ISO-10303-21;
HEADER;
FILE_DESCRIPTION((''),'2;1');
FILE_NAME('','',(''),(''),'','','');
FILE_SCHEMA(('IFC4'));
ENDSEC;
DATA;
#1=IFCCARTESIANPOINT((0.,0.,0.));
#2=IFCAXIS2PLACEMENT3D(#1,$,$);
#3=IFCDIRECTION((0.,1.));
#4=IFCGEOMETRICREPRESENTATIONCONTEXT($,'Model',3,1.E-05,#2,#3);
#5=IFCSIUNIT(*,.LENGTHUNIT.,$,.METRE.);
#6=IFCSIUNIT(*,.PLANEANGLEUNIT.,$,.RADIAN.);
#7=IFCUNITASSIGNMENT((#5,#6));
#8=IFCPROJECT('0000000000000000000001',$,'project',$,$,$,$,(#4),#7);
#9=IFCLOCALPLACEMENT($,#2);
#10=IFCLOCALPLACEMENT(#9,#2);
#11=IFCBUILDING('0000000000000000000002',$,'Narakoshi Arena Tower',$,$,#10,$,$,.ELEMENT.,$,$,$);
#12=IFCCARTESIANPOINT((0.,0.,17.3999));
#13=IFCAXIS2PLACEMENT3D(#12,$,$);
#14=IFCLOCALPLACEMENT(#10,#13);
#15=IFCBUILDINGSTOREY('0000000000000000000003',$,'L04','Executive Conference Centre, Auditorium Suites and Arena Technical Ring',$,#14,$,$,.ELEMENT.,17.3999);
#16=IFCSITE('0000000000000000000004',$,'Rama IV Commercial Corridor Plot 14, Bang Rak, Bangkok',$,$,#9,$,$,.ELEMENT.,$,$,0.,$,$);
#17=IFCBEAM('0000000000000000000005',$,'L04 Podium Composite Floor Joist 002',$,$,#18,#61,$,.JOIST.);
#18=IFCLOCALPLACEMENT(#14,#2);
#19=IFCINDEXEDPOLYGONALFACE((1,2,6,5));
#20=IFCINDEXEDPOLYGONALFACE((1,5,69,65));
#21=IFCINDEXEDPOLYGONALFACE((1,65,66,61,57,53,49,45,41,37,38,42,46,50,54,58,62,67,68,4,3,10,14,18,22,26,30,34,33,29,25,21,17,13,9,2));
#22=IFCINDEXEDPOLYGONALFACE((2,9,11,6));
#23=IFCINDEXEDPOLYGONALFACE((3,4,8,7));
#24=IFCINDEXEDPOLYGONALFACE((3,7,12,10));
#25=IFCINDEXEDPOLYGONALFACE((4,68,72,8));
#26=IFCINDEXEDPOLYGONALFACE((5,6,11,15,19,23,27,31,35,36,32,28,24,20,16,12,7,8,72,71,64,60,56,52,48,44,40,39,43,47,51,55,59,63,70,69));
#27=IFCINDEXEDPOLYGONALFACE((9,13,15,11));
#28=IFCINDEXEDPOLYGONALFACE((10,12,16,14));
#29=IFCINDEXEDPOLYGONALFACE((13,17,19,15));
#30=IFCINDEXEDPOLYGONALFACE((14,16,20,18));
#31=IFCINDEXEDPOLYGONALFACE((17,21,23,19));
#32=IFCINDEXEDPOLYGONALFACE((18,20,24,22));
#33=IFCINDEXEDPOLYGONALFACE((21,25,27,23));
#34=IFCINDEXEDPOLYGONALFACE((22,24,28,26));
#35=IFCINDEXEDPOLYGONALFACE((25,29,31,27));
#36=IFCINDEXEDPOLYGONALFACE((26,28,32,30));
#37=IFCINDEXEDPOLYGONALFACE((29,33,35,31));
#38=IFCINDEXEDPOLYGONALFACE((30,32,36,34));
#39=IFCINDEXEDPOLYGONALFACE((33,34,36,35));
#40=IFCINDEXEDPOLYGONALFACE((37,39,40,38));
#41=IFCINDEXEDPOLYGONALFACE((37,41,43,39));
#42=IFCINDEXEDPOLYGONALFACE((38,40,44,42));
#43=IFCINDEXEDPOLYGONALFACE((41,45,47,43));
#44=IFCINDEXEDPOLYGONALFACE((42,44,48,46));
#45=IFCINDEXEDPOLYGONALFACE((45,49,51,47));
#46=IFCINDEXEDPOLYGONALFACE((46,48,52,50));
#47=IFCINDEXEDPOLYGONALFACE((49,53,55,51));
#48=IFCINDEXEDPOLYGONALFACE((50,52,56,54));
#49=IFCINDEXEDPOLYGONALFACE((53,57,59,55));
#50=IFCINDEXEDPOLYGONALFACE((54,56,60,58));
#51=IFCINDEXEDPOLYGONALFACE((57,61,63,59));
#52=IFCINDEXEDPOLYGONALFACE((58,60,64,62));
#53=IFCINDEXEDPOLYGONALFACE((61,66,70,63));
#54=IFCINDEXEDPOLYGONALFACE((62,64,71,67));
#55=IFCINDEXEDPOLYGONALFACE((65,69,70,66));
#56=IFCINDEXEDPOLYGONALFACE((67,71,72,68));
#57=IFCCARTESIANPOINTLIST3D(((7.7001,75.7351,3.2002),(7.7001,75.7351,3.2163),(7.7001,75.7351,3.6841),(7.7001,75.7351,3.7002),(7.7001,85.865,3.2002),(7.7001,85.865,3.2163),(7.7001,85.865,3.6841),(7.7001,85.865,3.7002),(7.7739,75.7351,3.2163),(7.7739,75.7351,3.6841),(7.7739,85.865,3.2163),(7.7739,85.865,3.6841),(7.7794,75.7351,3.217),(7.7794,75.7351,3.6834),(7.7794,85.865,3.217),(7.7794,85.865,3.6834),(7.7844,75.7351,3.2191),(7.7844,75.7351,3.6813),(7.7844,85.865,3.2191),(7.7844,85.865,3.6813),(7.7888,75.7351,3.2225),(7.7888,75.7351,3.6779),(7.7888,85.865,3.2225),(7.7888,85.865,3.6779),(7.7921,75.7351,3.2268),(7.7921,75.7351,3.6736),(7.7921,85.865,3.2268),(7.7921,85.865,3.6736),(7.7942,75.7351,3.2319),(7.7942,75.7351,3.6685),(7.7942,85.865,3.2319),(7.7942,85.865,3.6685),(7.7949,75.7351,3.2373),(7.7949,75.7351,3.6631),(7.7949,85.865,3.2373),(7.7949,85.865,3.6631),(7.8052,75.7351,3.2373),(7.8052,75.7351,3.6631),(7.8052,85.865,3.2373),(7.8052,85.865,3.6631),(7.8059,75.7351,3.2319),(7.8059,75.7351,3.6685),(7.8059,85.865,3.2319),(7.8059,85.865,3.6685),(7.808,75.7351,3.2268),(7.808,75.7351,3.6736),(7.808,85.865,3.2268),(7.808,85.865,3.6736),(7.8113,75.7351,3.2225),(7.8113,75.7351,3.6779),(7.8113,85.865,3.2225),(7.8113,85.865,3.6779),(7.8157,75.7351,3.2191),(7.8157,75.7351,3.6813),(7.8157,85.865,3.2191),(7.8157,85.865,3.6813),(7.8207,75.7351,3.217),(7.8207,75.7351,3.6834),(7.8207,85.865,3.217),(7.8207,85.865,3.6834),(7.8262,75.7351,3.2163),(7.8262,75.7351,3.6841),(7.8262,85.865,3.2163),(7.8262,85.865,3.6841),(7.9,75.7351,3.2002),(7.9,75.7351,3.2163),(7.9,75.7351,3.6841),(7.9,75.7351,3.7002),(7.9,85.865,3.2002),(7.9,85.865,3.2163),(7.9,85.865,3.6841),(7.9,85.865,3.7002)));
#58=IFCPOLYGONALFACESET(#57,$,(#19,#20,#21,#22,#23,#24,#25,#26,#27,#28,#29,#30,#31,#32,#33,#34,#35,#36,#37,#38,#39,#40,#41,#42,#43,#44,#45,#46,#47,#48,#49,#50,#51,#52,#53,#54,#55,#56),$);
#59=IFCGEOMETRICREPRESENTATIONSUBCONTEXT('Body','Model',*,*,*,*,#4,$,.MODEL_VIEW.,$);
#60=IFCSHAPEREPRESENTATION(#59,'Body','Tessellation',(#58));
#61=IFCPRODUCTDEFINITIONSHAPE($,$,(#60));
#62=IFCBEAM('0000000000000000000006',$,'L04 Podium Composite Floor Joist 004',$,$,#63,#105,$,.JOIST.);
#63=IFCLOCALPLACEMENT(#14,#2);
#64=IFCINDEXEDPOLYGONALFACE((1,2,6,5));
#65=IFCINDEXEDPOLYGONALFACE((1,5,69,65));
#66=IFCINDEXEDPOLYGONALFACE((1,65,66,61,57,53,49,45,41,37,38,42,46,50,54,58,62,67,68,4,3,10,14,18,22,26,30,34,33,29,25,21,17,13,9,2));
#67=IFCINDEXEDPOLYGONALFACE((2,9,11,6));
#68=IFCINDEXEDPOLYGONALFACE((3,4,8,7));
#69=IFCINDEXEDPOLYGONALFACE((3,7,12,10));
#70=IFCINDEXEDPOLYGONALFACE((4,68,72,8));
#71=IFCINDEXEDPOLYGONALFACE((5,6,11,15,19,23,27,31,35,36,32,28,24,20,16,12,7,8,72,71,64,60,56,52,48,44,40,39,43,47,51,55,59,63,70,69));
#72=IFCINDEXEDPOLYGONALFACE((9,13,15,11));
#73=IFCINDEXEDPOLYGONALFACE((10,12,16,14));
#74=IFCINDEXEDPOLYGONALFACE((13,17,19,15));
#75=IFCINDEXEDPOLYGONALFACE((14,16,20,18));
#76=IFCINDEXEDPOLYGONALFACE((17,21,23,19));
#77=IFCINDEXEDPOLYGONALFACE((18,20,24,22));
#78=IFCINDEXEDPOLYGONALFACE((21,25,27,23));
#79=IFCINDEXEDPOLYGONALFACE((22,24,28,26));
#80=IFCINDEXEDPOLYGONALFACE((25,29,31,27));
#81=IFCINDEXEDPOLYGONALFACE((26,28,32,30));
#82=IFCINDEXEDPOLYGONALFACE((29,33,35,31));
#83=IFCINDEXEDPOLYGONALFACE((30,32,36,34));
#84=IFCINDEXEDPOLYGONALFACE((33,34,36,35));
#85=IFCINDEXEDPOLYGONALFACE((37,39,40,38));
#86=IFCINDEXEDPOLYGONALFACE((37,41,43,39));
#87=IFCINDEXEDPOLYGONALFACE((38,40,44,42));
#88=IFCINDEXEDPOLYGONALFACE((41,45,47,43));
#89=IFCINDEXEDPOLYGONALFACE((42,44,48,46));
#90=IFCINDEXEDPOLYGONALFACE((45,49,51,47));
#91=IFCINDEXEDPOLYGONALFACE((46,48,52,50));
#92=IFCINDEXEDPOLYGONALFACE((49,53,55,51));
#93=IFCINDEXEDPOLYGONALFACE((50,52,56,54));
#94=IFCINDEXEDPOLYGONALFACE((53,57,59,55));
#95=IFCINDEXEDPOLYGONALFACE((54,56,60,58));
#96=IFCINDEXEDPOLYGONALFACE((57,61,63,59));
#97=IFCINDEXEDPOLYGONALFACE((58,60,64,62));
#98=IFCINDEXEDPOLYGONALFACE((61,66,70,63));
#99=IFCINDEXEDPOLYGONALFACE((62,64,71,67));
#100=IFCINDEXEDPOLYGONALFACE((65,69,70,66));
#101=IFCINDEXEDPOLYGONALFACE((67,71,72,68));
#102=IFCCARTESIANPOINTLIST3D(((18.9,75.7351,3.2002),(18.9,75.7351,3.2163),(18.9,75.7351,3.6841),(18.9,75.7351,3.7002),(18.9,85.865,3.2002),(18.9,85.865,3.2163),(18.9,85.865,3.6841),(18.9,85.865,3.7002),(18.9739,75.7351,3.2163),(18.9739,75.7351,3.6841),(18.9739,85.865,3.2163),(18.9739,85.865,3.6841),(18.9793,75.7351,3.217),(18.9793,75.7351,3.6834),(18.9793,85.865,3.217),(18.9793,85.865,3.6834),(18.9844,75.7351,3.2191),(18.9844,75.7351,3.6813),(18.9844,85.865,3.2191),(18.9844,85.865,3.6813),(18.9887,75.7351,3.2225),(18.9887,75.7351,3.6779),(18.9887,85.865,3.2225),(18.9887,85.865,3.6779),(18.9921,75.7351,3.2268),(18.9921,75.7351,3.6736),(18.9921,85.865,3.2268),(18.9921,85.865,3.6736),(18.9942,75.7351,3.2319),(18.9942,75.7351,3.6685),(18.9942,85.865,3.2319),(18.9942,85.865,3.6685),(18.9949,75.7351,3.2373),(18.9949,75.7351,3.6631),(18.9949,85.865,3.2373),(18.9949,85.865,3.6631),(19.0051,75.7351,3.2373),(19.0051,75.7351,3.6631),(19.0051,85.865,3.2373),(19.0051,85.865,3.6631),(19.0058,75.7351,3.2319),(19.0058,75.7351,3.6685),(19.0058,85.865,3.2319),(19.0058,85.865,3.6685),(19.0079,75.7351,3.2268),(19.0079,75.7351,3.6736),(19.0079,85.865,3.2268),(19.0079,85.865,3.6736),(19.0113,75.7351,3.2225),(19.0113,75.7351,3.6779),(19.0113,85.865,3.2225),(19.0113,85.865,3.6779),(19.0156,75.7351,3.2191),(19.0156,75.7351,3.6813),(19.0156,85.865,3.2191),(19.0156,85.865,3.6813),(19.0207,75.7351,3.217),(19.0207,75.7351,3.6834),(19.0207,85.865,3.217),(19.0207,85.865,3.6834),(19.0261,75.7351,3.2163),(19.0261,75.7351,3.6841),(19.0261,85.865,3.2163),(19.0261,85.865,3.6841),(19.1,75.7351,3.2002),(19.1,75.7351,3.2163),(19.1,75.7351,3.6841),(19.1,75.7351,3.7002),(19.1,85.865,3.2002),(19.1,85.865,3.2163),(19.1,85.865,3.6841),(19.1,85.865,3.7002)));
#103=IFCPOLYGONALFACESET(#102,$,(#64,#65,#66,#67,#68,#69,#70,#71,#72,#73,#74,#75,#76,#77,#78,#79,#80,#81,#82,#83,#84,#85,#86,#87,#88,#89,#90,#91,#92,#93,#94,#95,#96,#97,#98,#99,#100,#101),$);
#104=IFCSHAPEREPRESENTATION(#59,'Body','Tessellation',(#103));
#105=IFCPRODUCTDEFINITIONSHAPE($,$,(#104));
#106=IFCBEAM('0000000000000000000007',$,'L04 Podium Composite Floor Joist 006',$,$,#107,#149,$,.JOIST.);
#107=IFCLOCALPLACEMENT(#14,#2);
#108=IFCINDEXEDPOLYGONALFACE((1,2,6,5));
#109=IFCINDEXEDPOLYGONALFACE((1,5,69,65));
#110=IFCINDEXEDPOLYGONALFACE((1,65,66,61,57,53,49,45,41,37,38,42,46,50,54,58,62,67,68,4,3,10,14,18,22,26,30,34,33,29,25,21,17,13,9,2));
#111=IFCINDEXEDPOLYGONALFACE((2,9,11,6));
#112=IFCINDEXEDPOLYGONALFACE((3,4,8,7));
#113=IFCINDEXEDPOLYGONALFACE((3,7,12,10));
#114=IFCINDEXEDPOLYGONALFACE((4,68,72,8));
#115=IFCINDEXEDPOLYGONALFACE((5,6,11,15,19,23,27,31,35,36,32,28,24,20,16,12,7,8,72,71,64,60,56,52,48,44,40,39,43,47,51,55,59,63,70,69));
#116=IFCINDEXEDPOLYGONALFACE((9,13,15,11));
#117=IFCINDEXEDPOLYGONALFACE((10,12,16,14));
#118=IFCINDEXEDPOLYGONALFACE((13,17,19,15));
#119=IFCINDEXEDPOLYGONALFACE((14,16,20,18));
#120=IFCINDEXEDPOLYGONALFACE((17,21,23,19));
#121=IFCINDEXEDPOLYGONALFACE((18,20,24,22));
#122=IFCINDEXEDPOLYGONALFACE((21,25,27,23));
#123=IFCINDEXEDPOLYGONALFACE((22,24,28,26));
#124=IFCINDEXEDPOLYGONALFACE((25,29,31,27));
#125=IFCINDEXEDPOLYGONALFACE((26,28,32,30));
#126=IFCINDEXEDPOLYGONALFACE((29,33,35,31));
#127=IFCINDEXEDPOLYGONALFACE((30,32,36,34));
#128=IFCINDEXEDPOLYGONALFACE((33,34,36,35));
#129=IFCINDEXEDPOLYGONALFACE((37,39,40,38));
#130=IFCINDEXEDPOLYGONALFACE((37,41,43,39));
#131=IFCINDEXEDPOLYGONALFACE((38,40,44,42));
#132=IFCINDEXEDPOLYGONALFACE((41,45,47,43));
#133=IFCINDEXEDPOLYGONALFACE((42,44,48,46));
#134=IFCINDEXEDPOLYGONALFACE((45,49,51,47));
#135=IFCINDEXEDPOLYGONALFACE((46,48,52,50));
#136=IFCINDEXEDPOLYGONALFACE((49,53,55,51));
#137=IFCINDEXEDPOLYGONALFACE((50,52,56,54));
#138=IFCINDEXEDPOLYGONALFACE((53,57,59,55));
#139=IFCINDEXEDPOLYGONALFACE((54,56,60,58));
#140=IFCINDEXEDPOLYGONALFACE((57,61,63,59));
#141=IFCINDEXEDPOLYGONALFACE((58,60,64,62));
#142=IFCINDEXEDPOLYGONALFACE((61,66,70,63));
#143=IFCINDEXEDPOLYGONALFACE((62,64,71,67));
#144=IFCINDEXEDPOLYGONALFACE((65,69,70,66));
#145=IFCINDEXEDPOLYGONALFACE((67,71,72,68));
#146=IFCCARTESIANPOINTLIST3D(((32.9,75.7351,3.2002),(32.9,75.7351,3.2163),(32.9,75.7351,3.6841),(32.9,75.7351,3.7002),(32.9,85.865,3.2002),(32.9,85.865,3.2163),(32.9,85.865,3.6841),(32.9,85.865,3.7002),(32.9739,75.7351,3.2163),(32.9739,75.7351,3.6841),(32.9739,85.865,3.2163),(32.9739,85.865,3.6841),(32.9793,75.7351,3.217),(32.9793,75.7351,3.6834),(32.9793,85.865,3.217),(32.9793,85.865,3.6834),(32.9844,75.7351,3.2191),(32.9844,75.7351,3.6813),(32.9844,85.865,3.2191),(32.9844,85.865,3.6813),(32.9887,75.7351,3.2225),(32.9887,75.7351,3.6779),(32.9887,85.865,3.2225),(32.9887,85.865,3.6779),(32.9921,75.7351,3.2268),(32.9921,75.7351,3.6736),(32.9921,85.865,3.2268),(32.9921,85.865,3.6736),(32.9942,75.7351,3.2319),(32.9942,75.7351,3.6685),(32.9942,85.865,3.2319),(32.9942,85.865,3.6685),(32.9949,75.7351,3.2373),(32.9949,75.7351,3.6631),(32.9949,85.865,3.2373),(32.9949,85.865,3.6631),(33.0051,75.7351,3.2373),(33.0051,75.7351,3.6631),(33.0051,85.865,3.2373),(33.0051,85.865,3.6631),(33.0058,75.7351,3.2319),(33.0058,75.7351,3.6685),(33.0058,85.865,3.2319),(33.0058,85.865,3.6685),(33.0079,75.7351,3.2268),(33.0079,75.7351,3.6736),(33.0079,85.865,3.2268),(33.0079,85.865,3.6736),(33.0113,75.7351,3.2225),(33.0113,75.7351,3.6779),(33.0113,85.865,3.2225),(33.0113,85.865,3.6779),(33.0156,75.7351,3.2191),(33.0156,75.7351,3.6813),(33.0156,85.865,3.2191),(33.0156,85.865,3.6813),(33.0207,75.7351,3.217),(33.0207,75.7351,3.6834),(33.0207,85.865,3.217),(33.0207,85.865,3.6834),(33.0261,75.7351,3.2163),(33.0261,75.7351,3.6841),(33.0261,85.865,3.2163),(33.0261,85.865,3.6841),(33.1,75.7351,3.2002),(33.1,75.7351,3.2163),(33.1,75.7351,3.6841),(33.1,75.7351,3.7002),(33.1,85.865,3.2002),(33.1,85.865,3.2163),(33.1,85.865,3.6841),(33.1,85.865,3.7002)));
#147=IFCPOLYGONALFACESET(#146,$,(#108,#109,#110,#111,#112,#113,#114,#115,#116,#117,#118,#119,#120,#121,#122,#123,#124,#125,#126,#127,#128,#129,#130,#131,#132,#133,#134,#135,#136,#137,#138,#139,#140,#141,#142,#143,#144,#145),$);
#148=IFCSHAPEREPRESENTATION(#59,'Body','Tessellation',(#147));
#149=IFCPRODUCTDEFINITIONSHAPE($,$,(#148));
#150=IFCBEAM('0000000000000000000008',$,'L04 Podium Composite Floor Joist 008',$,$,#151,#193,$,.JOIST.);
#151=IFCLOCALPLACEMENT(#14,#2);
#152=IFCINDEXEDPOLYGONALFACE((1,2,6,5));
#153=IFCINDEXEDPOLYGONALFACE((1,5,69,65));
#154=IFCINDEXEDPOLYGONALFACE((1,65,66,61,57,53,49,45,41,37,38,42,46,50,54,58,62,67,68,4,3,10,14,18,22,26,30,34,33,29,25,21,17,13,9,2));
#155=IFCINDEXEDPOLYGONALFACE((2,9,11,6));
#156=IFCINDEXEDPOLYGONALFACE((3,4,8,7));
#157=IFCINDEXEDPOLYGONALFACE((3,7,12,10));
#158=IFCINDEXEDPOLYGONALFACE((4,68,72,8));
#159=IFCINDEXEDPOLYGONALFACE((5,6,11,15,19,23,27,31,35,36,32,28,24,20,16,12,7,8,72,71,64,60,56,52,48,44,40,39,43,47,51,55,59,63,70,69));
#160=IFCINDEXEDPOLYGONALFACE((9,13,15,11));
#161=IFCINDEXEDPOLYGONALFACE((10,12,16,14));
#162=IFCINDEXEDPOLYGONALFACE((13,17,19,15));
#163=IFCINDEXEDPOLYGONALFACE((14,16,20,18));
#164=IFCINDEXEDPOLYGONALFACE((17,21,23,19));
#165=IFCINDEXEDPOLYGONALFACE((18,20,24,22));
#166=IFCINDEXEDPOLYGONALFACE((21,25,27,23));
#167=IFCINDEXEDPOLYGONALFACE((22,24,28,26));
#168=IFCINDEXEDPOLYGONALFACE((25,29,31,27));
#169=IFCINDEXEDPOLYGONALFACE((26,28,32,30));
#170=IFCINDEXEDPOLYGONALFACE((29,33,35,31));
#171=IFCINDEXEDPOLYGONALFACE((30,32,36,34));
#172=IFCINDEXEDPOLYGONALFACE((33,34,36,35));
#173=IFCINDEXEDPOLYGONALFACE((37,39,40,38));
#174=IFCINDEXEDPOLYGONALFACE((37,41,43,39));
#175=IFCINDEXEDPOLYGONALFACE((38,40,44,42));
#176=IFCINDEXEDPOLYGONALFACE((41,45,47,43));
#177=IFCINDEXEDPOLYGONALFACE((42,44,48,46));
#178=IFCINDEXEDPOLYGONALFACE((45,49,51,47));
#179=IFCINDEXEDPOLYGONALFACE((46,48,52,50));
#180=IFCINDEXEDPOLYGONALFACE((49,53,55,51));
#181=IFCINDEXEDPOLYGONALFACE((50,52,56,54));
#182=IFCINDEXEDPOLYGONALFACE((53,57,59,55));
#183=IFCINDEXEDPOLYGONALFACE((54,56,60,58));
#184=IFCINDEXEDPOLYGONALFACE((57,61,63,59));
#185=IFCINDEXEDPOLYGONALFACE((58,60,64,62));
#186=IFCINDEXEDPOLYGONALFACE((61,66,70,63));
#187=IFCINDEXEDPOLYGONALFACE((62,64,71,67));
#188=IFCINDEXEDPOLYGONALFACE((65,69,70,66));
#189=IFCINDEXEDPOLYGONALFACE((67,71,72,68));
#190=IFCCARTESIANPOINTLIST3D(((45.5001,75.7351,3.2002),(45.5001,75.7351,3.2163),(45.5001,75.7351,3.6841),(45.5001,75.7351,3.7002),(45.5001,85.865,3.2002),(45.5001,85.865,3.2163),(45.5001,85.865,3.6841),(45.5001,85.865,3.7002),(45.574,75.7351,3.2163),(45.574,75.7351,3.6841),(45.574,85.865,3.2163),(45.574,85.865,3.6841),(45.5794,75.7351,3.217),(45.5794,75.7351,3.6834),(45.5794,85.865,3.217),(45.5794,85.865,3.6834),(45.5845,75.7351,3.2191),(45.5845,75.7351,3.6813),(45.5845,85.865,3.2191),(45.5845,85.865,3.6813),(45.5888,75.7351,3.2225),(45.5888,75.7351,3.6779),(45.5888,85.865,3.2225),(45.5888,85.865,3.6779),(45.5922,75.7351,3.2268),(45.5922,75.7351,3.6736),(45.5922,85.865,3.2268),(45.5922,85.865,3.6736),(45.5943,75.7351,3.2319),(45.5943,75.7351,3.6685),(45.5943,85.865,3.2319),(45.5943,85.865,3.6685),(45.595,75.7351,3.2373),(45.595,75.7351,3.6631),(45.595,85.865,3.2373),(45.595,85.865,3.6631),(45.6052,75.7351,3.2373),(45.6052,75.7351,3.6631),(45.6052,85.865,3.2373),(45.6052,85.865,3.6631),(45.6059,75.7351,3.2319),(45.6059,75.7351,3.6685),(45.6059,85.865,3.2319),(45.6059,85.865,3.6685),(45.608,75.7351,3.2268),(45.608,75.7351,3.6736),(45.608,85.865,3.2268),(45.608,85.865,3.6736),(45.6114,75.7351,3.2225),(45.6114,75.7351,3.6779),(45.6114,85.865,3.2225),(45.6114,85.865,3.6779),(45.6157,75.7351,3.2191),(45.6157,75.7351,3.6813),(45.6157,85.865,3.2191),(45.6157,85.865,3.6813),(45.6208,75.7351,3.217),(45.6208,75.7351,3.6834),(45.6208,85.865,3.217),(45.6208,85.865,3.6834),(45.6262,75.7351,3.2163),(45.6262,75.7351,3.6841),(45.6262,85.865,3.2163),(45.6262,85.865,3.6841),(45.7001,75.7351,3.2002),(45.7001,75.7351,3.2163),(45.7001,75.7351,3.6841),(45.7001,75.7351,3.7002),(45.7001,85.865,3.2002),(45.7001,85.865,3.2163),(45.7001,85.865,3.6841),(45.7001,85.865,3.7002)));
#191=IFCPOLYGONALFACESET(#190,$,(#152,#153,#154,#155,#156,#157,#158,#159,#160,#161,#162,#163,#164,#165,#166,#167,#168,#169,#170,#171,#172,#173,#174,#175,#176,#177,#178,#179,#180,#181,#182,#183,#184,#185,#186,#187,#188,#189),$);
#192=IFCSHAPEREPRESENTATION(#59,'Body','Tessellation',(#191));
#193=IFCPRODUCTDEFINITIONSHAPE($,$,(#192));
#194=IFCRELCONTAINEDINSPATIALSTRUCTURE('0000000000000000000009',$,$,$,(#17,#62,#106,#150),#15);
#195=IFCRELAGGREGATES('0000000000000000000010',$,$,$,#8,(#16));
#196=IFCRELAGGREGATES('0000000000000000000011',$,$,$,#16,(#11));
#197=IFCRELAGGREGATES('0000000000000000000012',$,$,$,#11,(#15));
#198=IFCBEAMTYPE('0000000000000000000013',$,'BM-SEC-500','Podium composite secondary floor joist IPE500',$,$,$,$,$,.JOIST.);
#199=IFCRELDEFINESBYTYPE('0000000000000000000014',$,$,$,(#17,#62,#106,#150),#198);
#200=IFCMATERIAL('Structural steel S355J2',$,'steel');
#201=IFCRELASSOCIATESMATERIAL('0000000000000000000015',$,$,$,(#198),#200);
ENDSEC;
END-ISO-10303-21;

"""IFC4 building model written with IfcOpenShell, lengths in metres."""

from ifc_helpers import new_model, si_unit, direction, frame, origin, origin_2d, place, context, subcontext, project, spatial, i_section, extrude, material, material_profile, profile_set, type_object, element, save


model = new_model("IFC4")

# Units and contexts
model_context = context("Model", 3, precision=1e-05, world=origin(), true_north=direction((0.0, 1.0)))
body_context = subcontext(model_context, "Body", "Model", "MODEL_VIEW")
ifc_project = project(units=[si_unit("LENGTHUNIT", "METRE"), si_unit("PLANEANGLEUNIT", "RADIAN")], contexts=[model_context])

# Site, building, storey
site_placement = place(None, origin())
site = spatial("IfcSite", under=ifc_project, at=site_placement, Name="Rama IV Commercial Corridor Plot 14, Bang Rak, Bangkok", CompositionType="ELEMENT", RefElevation=0.0)
building_placement = place(site_placement, origin())
building = spatial("IfcBuilding", under=site, at=building_placement, Name="Narakoshi Arena Tower", CompositionType="ELEMENT")
storey_placement = place(building_placement, frame((0.0, 0.0, 17.3999)))
storey = spatial("IfcBuildingStorey", under=building, at=storey_placement, Name="L04", Description="Executive Conference Centre, Auditorium Suites and Arena Technical Ring", CompositionType="ELEMENT", Elevation=17.3999)

# Shared definitions
ifc_material_1 = material(Name="Structural steel S355J2", Category="steel")

# Beams
ifc_material_profile_1 = material_profile(ifc_material_1, i_section(OverallWidth=0.2, OverallDepth=0.5, WebThickness=0.0103, FlangeThickness=0.0161, FilletRadius=0.021, at=origin_2d()), Name="IPE500")
ifc_profile_set_1 = profile_set([ifc_material_profile_1], Name="Structural steel S355J2")
beam_type_1 = type_object("IfcBeamType", Name="BM-SEC-500", Description="Podium composite secondary floor joist IPE500", PredefinedType="JOIST", material=ifc_profile_set_1)
for number, where, z_axis, x_axis, name in (
    (1, (7.8, 75.7351, 3.4502), (0.0, 1.0, 0.0), (-1.0, 0.0, 0.0), "L04 Podium Composite Floor Joist 002"),
    (2, (19.0, 75.7351, 3.4502), (0.0, 1.0, 0.0), (-1.0, 0.0, 0.0), "L04 Podium Composite Floor Joist 004"),
    (3, (33.0, 75.7351, 3.4502), (0.0, 1.0, 0.0), (-1.0, 0.0, 0.0), "L04 Podium Composite Floor Joist 006"),
    (4, (45.6001, 75.7351, 3.4502), (0.0, 1.0, 0.0), (-1.0, 0.0, 0.0), "L04 Podium Composite Floor Joist 008"),
):
    element("IfcBeam", number, at=place(storey_placement, frame(where, z_axis=z_axis, x_axis=x_axis)), inside=storey, type_object=beam_type_1, Name=name, PredefinedType="JOIST", context=body_context, shape_type="SweptSolid", body=[
        extrude(i_section(OverallWidth=0.2, OverallDepth=0.5, WebThickness=0.0103, FlangeThickness=0.0161, FilletRadius=0.021, at=origin_2d()), origin(), (0.0, 0.0, 1.0), 10.1299),
    ])

save(model, "model.ifc")
